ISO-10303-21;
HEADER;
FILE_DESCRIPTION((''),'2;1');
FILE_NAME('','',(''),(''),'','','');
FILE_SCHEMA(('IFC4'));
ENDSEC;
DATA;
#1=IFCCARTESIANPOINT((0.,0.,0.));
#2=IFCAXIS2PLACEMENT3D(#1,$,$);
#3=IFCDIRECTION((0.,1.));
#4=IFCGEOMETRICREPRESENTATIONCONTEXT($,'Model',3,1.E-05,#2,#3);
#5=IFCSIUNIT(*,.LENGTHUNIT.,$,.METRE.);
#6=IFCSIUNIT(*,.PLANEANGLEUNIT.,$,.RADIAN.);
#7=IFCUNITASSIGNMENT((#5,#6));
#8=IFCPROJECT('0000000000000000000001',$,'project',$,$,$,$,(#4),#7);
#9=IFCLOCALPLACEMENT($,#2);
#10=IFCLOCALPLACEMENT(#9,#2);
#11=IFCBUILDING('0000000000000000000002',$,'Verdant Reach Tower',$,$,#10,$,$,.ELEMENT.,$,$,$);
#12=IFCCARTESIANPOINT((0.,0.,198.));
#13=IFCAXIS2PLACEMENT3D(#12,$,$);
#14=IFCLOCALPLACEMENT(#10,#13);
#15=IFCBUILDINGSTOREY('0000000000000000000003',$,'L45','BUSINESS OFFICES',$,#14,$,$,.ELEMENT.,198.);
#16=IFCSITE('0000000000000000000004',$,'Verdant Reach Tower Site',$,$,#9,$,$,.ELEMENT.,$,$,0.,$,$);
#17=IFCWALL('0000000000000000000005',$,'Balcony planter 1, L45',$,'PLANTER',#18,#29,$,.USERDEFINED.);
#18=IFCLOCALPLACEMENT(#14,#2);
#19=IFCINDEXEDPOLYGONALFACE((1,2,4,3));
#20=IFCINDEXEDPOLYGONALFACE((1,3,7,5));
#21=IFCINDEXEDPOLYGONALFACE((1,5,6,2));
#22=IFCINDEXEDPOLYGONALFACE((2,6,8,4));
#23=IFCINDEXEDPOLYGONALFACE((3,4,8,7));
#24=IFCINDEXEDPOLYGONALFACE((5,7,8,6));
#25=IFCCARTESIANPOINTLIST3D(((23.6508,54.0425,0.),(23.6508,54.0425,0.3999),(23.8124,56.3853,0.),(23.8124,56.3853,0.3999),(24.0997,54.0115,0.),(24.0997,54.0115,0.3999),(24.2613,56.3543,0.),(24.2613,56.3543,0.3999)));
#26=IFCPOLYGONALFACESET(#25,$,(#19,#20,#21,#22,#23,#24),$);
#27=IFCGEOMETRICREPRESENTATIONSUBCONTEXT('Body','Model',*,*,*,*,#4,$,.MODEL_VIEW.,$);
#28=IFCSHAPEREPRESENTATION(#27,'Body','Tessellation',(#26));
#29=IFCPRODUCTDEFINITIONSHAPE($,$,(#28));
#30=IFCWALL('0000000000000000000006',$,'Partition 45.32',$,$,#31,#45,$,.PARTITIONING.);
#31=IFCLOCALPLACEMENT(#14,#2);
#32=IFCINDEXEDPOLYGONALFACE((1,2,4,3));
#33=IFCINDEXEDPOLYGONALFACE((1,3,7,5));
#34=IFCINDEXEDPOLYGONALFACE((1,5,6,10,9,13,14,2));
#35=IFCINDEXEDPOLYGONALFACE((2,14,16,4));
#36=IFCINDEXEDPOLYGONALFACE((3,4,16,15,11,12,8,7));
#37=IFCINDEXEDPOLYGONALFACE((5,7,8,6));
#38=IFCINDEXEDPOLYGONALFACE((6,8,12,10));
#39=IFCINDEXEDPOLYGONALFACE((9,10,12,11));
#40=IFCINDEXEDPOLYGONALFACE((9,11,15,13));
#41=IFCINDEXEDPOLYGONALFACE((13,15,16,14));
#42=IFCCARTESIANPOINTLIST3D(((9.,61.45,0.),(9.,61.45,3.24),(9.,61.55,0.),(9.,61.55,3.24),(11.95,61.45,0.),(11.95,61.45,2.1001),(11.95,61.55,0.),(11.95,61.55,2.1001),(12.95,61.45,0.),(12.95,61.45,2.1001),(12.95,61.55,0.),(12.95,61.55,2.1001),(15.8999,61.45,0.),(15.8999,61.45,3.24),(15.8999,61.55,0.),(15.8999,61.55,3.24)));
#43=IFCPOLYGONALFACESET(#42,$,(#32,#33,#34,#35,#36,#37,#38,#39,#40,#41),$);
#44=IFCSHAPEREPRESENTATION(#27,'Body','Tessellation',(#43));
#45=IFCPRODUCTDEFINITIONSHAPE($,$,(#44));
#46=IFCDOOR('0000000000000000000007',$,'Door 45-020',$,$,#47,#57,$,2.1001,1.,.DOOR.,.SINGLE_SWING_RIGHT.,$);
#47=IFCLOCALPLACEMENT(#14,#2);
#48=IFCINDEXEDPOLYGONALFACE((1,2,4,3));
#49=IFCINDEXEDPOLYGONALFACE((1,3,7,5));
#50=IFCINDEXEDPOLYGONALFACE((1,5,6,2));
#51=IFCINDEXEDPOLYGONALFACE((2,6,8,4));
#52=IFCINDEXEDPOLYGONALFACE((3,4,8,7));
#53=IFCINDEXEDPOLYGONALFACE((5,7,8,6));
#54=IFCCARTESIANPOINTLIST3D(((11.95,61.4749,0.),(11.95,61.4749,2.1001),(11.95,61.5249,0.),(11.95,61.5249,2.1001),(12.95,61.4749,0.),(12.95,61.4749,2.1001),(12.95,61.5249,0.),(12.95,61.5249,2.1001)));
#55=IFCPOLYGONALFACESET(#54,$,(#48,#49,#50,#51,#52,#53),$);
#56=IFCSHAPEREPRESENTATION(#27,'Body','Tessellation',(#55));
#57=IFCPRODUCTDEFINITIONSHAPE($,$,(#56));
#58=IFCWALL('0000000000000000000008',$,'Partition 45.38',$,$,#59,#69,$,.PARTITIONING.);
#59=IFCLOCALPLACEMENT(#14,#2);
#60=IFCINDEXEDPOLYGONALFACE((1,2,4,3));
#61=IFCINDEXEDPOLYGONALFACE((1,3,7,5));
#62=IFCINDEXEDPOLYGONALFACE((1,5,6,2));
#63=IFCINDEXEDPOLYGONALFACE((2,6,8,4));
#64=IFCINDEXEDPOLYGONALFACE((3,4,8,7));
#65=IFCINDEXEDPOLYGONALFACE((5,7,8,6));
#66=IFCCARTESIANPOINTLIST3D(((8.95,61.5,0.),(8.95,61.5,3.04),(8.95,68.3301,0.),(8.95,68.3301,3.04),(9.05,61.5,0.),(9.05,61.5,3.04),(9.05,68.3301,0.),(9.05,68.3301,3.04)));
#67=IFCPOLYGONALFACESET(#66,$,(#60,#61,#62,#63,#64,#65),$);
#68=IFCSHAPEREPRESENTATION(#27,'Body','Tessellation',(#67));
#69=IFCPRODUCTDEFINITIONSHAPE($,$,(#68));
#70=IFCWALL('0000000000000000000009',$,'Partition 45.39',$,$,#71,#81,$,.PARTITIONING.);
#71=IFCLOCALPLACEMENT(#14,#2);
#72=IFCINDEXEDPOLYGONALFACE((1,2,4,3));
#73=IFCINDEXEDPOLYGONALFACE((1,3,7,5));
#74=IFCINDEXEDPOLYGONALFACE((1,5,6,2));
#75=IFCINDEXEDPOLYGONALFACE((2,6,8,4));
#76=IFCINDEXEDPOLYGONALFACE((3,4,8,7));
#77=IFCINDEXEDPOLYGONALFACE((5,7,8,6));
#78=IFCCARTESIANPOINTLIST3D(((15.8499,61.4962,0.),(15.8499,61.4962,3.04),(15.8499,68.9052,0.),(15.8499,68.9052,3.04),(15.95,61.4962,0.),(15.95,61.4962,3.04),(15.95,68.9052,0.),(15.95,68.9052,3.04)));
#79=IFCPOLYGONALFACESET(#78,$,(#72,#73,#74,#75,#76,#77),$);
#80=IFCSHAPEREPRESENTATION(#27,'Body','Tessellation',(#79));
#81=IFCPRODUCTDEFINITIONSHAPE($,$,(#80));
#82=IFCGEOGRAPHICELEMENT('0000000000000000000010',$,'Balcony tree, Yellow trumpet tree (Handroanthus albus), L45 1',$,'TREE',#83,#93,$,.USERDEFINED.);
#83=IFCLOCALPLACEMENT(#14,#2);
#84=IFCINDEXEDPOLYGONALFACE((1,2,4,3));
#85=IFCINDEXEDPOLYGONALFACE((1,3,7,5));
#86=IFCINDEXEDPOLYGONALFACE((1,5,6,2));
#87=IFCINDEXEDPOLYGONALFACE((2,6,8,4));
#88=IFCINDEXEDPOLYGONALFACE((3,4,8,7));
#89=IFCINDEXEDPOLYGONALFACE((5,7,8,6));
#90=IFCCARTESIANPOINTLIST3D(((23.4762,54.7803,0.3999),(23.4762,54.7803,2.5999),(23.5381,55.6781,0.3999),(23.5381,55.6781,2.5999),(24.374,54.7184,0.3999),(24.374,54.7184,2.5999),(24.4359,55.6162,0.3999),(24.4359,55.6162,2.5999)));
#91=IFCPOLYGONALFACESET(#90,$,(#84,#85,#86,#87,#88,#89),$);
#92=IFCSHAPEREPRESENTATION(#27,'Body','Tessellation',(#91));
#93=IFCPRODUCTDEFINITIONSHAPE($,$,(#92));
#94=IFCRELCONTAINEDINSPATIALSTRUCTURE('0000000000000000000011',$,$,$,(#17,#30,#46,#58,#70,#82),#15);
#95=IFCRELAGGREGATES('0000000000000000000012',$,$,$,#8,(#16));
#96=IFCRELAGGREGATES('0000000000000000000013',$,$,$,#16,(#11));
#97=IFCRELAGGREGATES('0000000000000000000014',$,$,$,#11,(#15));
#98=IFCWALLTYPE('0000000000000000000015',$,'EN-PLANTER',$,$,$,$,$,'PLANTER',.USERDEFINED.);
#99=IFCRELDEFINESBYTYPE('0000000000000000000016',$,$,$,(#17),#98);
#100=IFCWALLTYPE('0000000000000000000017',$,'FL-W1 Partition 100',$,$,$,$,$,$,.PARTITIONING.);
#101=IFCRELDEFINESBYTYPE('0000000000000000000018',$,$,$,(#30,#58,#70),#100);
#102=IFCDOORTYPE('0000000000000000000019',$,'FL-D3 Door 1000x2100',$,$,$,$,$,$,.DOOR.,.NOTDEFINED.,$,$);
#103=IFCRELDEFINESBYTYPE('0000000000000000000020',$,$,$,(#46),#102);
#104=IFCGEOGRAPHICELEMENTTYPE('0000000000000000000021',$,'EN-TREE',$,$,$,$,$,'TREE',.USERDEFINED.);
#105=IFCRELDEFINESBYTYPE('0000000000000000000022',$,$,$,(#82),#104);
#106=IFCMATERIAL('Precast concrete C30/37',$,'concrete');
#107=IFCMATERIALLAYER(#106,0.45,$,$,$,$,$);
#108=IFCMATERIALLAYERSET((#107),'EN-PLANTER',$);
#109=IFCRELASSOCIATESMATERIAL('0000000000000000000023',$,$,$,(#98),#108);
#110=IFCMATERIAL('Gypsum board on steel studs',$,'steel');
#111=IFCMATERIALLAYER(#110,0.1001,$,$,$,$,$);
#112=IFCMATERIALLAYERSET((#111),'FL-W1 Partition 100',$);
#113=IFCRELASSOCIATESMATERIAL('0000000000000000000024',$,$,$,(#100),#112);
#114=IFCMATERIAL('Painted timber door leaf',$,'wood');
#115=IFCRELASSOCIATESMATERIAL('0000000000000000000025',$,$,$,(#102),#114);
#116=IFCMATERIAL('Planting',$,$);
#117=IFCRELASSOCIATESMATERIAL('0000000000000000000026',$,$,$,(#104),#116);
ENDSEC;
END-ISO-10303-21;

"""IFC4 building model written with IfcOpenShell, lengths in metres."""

from ifc_helpers import new_model, si_unit, direction, frame, frame_2d, origin, origin_2d, place, context, subcontext, project, spatial, rectangle, extrude, material, layer, layer_set, type_object, element, fill, save


model = new_model("IFC4")

# Units and contexts
model_context = context("Model", 3, precision=1e-05, world=origin(), true_north=direction((0.0, 1.0)))
body_context = subcontext(model_context, "Body", "Model", "MODEL_VIEW")
ifc_project = project(units=[si_unit("LENGTHUNIT", "METRE"), si_unit("PLANEANGLEUNIT", "RADIAN")], contexts=[model_context])

# Site, building, storey
site_placement = place(None, origin())
site = spatial("IfcSite", under=ifc_project, at=site_placement, Name="Verdant Reach Tower Site", CompositionType="ELEMENT", RefElevation=0.0)
building_placement = place(site_placement, origin())
building = spatial("IfcBuilding", under=site, at=building_placement, Name="Verdant Reach Tower", CompositionType="ELEMENT")
storey_placement = place(building_placement, frame((0.0, 0.0, 198.0)))
storey = spatial("IfcBuildingStorey", under=building, at=storey_placement, Name="L45", Description="BUSINESS OFFICES", CompositionType="ELEMENT", Elevation=198.0)

# Wall
ifc_material_1 = material(Name="Precast concrete C30/37", Category="concrete")
ifc_layer_1 = layer(ifc_material_1, 0.45)
ifc_layer_set_1 = layer_set([ifc_layer_1], Name="EN-PLANTER")
wall_type_1 = type_object("IfcWallType", Name="EN-PLANTER", ElementType="PLANTER", PredefinedType="USERDEFINED", material=ifc_layer_set_1)
wall_1_placement = place(storey_placement, frame((23.8752, 54.0269, 0.0), z_axis=(0.0, 0.0, 1.0), x_axis=(0.068823, 0.997629, 0.0)))
element("IfcWall", 1, at=wall_1_placement, inside=storey, type_object=wall_type_1, Name="Balcony planter 1, L45", ObjectType="PLANTER", PredefinedType="USERDEFINED", context=body_context, shape_type="SweptSolid", body=[
    extrude(rectangle(XDim=2.3484, YDim=0.45, at=frame_2d((1.1743, 0.0))), origin(), (0.0, 0.0, 1.0), 0.3999),
])

# Wall, opening, door
ifc_material_2 = material(Name="Gypsum board on steel studs", Category="steel")
ifc_layer_2 = layer(ifc_material_2, 0.1001)
ifc_layer_set_2 = layer_set([ifc_layer_2], Name="FL-W1 Partition 100")
wall_type_2 = type_object("IfcWallType", Name="FL-W1 Partition 100", PredefinedType="PARTITIONING", material=ifc_layer_set_2)
wall_2_placement = place(storey_placement, frame((9.0, 61.5, 0.0), z_axis=(0.0, 0.0, 1.0), x_axis=(1.0, 0.0, 0.0)))
wall_2 = element("IfcWall", 2, at=wall_2_placement, inside=storey, type_object=wall_type_2, Name="Partition 45.32", PredefinedType="PARTITIONING", context=body_context, shape_type="SweptSolid", body=[
    extrude(rectangle(XDim=6.8999, YDim=0.1001, at=frame_2d((3.45, 0.0))), origin(), (0.0, 0.0, 1.0), 3.24),
])
opening_1_placement = place(wall_2_placement, frame((2.95, 0.0, 0.0)))
opening_1 = element("IfcOpeningElement", 3, at=opening_1_placement, cuts=wall_2, PredefinedType="OPENING", context=body_context, shape_type="SweptSolid", body=[
    extrude(rectangle(XDim=1.0, YDim=2.1001, at=frame_2d((0.5, 1.05))), frame((0.0, 0.0601, 0.0), z_axis=(0.0, -1.0, 0.0), x_axis=(1.0, 0.0, 0.0)), (0.0, 0.0, 1.0), 0.1201),
])
ifc_material_3 = material(Name="Painted timber door leaf", Category="wood")
door_type_1 = type_object("IfcDoorType", Name="FL-D3 Door 1000x2100", OperationType="NOTDEFINED", PredefinedType="DOOR", material=ifc_material_3)
door_1_placement = place(opening_1_placement, origin())
door_1 = element("IfcDoor", 4, at=door_1_placement, inside=storey, type_object=door_type_1, Name="Door 45-020", OperationType="SINGLE_SWING_RIGHT", OverallHeight=2.1001, OverallWidth=1.0, PredefinedType="DOOR", context=body_context, shape_type="SweptSolid", body=[
    extrude(rectangle(XDim=1.0, YDim=2.1001, at=frame_2d((0.5, 1.05))), frame((0.0, 0.0249, 0.0), z_axis=(0.0, -1.0, 0.0), x_axis=(1.0, 0.0, 0.0)), (0.0, 0.0, 1.0), 0.05),
])
fill(opening_1, door_1)

# Walls
wall_3_placement = place(storey_placement, frame((9.0, 61.5, 0.0), z_axis=(0.0, 0.0, 1.0), x_axis=(0.0, 1.0, 0.0)))
element("IfcWall", 5, at=wall_3_placement, inside=storey, type_object=wall_type_2, Name="Partition 45.38", PredefinedType="PARTITIONING", context=body_context, shape_type="SweptSolid", body=[
    extrude(rectangle(XDim=6.8301, YDim=0.1001, at=frame_2d((3.415, 0.0))), origin(), (0.0, 0.0, 1.0), 3.04),
])
wall_4_placement = place(storey_placement, frame((15.8999, 61.4961, 0.0), z_axis=(0.0, 0.0, 1.0), x_axis=(0.0, 1.0, 0.0)))
element("IfcWall", 6, at=wall_4_placement, inside=storey, type_object=wall_type_2, Name="Partition 45.39", PredefinedType="PARTITIONING", context=body_context, shape_type="SweptSolid", body=[
    extrude(rectangle(XDim=7.4089, YDim=0.1001, at=frame_2d((3.7046, 0.0))), origin(), (0.0, 0.0, 1.0), 3.04),
])

# Geographic element
ifc_material_4 = material(Name="Planting")
geographic_element_type = type_object("IfcGeographicElementType", Name="EN-TREE", ElementType="TREE", PredefinedType="USERDEFINED", material=ifc_material_4)
geographic_element_placement = place(storey_placement, frame((23.9561, 55.1982, 0.3999), z_axis=(0.0, 0.0, 1.0), x_axis=(0.068802, 0.99763, 0.0)))
element("IfcGeographicElement", 7, at=geographic_element_placement, inside=storey, type_object=geographic_element_type, Name="Balcony tree, Yellow trumpet tree (Handroanthus albus), L45 1", ObjectType="TREE", PredefinedType="USERDEFINED", context=body_context, shape_type="SweptSolid", body=[
    extrude(rectangle(XDim=0.8999, YDim=0.8999, at=origin_2d()), origin(), (0.0, 0.0, 1.0), 2.2),
])

save(model, "model.ifc")
